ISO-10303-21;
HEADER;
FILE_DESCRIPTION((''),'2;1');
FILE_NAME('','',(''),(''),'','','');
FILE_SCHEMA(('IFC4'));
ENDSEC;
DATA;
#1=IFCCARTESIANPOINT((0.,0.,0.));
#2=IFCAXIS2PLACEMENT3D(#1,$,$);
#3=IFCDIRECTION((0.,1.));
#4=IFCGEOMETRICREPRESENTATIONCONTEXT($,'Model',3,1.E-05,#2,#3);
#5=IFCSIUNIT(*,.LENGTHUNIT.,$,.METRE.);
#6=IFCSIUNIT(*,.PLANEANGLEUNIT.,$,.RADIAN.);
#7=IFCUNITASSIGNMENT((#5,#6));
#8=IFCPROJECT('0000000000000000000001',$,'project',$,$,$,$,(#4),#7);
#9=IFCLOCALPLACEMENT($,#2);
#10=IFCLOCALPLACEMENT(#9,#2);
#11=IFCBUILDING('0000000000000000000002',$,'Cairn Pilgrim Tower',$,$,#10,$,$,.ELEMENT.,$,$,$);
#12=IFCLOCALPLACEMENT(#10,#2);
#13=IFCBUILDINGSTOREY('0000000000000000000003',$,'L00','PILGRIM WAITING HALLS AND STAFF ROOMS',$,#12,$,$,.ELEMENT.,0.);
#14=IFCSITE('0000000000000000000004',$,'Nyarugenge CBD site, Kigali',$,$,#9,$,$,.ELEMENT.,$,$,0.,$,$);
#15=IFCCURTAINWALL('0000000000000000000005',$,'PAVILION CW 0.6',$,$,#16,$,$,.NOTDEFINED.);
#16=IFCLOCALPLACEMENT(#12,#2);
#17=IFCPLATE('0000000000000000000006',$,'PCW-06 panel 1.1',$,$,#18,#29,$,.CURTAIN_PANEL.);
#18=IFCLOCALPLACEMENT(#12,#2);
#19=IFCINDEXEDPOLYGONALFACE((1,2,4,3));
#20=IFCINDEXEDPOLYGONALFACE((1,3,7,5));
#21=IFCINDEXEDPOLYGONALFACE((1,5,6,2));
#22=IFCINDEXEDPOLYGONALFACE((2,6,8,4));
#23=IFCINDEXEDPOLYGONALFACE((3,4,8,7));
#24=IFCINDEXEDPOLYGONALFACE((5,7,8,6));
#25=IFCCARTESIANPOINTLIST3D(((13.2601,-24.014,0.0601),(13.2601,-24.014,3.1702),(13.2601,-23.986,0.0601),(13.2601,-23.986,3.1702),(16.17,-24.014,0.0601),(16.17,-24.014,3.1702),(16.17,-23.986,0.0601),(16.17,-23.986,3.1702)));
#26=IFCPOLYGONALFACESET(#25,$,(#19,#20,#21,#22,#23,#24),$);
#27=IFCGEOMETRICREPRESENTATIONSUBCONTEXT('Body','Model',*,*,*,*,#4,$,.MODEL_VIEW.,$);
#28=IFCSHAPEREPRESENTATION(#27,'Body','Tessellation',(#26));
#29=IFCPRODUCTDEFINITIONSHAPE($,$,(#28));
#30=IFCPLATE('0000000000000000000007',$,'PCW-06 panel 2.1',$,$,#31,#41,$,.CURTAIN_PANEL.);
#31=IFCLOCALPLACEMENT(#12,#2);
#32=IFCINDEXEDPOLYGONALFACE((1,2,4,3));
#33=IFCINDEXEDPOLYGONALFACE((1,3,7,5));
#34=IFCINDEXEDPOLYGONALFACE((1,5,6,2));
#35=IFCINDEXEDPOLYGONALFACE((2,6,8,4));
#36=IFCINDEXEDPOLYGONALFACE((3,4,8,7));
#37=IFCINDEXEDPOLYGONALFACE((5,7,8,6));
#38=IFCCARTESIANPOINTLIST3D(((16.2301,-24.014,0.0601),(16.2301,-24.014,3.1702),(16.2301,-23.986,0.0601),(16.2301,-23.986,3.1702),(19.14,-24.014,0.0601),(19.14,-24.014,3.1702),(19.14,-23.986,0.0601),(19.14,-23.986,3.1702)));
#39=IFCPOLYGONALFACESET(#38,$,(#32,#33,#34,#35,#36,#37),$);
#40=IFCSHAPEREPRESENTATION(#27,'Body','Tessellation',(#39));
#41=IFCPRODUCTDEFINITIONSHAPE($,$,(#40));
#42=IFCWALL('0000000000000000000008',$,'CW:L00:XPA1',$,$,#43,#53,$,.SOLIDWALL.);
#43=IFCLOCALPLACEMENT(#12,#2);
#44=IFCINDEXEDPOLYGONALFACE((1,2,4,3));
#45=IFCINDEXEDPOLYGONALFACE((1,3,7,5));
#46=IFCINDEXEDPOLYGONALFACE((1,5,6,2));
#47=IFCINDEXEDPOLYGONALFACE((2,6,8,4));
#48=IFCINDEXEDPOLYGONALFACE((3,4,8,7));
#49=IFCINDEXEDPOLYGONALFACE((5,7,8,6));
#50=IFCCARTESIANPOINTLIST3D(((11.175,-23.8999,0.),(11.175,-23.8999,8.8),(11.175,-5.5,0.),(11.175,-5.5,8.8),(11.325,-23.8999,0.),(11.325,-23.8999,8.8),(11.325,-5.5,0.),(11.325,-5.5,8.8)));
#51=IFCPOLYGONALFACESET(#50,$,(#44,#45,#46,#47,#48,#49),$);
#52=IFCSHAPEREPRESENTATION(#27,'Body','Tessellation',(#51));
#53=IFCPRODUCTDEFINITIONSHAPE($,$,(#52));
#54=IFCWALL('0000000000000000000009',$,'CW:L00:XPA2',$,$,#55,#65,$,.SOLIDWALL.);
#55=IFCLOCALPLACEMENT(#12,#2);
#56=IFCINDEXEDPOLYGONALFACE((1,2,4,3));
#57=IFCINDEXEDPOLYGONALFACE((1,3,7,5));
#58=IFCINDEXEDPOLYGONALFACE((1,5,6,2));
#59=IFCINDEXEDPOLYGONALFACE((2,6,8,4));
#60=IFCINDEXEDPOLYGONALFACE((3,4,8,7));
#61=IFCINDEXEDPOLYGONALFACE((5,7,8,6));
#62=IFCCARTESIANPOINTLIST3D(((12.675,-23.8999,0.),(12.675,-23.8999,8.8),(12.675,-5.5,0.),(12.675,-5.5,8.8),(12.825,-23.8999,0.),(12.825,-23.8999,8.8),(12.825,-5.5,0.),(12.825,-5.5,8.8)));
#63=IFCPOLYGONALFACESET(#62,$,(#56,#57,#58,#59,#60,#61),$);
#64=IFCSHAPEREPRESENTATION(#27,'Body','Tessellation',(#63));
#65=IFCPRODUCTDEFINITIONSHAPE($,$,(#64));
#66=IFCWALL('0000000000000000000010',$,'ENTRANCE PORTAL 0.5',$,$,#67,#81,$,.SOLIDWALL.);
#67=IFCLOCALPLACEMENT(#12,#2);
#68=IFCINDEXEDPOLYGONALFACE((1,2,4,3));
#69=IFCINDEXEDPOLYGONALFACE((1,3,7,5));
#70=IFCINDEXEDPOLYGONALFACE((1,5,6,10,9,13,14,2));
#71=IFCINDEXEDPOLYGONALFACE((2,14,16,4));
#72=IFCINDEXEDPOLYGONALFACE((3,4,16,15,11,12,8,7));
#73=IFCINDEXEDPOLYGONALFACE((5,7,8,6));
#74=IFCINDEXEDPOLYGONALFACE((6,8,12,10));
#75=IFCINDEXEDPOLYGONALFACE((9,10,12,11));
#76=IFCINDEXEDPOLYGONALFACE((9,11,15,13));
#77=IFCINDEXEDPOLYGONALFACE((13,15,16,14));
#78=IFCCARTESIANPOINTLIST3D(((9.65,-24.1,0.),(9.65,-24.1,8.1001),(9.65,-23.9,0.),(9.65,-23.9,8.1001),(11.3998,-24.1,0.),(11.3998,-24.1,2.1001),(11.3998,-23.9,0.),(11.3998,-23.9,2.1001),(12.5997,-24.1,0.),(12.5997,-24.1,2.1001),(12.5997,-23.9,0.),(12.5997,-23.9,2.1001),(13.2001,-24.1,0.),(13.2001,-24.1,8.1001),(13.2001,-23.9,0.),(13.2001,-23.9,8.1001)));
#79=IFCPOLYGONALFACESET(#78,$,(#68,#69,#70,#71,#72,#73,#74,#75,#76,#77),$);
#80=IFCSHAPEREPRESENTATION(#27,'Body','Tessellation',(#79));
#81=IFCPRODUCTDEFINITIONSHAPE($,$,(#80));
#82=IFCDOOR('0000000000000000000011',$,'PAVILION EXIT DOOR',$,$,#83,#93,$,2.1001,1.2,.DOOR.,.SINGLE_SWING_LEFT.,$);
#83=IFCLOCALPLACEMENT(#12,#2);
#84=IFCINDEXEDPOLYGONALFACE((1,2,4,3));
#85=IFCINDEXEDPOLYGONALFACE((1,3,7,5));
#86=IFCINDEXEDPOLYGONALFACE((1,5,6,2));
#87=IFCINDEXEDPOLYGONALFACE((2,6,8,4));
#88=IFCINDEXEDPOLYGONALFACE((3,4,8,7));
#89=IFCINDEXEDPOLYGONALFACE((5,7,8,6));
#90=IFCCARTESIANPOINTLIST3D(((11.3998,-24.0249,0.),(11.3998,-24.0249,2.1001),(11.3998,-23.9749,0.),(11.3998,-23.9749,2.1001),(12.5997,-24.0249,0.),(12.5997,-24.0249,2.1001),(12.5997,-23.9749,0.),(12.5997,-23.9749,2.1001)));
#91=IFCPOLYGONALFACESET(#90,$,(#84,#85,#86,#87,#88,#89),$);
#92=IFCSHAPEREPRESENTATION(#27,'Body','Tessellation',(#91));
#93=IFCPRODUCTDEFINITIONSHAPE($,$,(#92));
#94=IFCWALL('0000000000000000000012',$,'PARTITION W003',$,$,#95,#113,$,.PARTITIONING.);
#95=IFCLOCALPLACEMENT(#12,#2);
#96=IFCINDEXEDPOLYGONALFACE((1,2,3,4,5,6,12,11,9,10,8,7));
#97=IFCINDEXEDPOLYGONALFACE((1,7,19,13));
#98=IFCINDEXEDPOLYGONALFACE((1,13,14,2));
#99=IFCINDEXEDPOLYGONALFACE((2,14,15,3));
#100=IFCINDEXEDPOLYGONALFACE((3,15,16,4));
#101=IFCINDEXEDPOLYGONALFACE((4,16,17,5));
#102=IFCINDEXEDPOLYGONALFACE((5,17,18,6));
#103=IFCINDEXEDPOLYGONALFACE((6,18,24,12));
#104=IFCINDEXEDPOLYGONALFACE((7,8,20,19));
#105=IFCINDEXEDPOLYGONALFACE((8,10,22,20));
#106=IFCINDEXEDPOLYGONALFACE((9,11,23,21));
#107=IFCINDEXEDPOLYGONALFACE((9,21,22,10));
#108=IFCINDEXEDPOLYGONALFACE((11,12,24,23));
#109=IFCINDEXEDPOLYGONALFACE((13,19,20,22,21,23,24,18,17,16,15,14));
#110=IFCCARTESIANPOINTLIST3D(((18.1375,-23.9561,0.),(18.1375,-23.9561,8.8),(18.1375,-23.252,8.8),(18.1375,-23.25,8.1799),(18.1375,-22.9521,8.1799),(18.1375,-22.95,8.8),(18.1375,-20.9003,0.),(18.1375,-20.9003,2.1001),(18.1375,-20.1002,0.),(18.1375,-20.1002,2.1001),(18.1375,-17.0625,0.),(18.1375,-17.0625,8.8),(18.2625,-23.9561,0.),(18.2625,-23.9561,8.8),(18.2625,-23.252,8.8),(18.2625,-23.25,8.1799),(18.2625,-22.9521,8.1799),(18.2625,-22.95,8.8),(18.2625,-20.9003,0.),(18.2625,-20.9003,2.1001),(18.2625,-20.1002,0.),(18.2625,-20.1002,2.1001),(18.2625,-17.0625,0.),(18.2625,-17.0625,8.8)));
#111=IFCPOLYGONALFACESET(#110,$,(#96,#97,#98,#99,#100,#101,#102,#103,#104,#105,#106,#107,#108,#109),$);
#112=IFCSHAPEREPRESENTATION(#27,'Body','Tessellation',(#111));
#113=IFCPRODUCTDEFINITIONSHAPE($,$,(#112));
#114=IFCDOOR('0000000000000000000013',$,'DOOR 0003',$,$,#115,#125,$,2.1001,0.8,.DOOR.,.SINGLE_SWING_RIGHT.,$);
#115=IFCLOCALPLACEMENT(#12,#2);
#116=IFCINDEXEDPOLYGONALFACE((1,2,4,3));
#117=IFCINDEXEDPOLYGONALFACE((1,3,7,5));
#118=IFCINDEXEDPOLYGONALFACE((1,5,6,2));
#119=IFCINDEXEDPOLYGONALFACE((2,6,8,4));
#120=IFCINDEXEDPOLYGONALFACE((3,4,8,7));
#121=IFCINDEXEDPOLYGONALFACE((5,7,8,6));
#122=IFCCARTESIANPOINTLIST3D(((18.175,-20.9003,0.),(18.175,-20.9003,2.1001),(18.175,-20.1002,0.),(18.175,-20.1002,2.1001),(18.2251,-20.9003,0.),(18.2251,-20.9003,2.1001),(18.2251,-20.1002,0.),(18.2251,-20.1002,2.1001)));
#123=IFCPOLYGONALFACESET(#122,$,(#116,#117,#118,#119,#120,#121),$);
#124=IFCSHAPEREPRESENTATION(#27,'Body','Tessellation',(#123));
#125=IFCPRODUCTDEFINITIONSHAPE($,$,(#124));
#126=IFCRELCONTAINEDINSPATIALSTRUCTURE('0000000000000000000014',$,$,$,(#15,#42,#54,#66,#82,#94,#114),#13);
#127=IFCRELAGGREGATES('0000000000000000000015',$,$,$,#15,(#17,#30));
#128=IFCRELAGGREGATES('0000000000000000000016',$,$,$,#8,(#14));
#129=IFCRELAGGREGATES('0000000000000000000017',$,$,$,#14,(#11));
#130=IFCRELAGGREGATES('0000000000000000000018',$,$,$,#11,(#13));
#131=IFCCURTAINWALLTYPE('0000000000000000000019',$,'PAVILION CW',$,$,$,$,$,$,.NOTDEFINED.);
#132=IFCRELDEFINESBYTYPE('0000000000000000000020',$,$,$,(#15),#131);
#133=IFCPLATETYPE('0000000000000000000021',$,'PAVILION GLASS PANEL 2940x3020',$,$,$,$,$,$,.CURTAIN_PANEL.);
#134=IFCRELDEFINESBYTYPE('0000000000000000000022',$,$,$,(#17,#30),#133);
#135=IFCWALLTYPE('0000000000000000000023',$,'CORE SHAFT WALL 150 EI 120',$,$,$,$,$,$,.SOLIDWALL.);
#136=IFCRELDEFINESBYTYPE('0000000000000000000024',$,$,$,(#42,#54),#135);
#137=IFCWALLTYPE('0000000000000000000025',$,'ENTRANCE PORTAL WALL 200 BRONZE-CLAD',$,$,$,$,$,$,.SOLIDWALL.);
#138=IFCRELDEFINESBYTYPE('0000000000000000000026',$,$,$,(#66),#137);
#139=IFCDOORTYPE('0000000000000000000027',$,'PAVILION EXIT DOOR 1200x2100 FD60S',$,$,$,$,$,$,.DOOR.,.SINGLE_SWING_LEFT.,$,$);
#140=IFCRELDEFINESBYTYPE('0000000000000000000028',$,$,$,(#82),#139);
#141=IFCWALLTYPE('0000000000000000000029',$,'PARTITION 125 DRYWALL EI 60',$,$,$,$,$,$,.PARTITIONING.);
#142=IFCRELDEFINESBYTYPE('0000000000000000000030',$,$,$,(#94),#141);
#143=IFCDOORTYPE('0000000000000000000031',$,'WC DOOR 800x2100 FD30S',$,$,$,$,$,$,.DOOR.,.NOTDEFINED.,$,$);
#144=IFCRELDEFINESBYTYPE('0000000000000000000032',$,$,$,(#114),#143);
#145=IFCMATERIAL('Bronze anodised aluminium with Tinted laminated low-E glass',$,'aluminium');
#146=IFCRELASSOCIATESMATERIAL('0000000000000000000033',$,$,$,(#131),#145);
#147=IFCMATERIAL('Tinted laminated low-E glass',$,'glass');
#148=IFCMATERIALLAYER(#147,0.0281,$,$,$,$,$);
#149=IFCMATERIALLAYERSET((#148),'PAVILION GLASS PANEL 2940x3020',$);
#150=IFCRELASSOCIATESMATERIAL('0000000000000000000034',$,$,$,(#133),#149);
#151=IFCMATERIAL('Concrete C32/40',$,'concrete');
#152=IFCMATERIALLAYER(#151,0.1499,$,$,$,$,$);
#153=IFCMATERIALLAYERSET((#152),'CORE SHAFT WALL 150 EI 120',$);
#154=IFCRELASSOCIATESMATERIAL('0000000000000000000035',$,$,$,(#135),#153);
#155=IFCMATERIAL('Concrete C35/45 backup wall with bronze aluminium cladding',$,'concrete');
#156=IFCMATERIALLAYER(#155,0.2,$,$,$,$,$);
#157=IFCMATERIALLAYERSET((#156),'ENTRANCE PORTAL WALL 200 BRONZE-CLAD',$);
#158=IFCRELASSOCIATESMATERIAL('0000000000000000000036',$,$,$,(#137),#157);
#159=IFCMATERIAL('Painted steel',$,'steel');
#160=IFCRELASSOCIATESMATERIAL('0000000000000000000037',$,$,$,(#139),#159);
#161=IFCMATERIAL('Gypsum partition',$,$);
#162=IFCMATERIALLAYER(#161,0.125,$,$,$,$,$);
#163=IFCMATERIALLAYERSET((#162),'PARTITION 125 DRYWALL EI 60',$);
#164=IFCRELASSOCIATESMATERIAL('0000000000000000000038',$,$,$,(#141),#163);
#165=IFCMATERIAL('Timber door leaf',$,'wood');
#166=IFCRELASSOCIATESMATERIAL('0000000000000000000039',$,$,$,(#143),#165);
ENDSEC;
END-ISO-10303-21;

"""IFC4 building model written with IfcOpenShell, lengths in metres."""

from ifc_helpers import new_model, si_unit, direction, frame, frame_2d, origin, origin_2d, place, context, subcontext, project, spatial, polyline, rectangle, outline, extrude, material, layer, layer_set, type_object, element, fill, aggregate, save


model = new_model("IFC4")

# Units and contexts
model_context = context("Model", 3, precision=1e-05, world=origin(), true_north=direction((0.0, 1.0)))
body_context = subcontext(model_context, "Body", "Model", "MODEL_VIEW")
ifc_project = project(units=[si_unit("LENGTHUNIT", "METRE"), si_unit("PLANEANGLEUNIT", "RADIAN")], contexts=[model_context])

# Site, building, storey
site_placement = place(None, origin())
site = spatial("IfcSite", under=ifc_project, at=site_placement, Name="Nyarugenge CBD site, Kigali", CompositionType="ELEMENT", RefElevation=0.0)
building_placement = place(site_placement, origin())
building = spatial("IfcBuilding", under=site, at=building_placement, Name="Cairn Pilgrim Tower", CompositionType="ELEMENT")
storey_placement = place(building_placement, origin())
storey = spatial("IfcBuildingStorey", under=building, at=storey_placement, Name="L00", Description="PILGRIM WAITING HALLS AND STAFF ROOMS", CompositionType="ELEMENT", Elevation=0.0)

# Curtain wall, plates
ifc_material_1 = material(Name="Bronze anodised aluminium with Tinted laminated low-E glass", Category="aluminium")
curtain_wall_type = type_object("IfcCurtainWallType", Name="PAVILION CW", PredefinedType="NOTDEFINED", material=ifc_material_1)
curtain_wall_placement = place(storey_placement, origin())
curtain_wall = element("IfcCurtainWall", 1, at=curtain_wall_placement, inside=storey, type_object=curtain_wall_type, Name="PAVILION CW 0.6", PredefinedType="NOTDEFINED")
ifc_material_2 = material(Name="Tinted laminated low-E glass", Category="glass")
ifc_layer_1 = layer(ifc_material_2, 0.0281)
ifc_layer_set_1 = layer_set([ifc_layer_1], Name="PAVILION GLASS PANEL 2940x3020")
plate_type_1 = type_object("IfcPlateType", Name="PAVILION GLASS PANEL 2940x3020", PredefinedType="CURTAIN_PANEL", material=ifc_layer_set_1)
plate_1_placement = place(storey_placement, frame((14.7151, -24.0, 0.0601), z_axis=(0.0, 0.0, 1.0), x_axis=(1.0, 0.0, 0.0)))
plate_1 = element("IfcPlate", 2, at=plate_1_placement, type_object=plate_type_1, Name="PCW-06 panel 1.1", PredefinedType="CURTAIN_PANEL", context=body_context, shape_type="SweptSolid", body=[
    extrude(rectangle(XDim=2.9099, YDim=0.0281, at=origin_2d()), origin(), (0.0, 0.0, 1.0), 3.1101),
])
plate_2_placement = place(storey_placement, frame((17.6851, -24.0, 0.0601), z_axis=(0.0, 0.0, 1.0), x_axis=(1.0, 0.0, 0.0)))
plate_2 = element("IfcPlate", 3, at=plate_2_placement, type_object=plate_type_1, Name="PCW-06 panel 2.1", PredefinedType="CURTAIN_PANEL", context=body_context, shape_type="SweptSolid", body=[
    extrude(rectangle(XDim=2.9099, YDim=0.0281, at=origin_2d()), origin(), (0.0, 0.0, 1.0), 3.1101),
])
aggregate(curtain_wall, [plate_1, plate_2])

# Walls
ifc_material_3 = material(Name="Concrete C32/40", Category="concrete")
ifc_layer_2 = layer(ifc_material_3, 0.1499)
ifc_layer_set_2 = layer_set([ifc_layer_2], Name="CORE SHAFT WALL 150 EI 120")
wall_type_1 = type_object("IfcWallType", Name="CORE SHAFT WALL 150 EI 120", PredefinedType="SOLIDWALL", material=ifc_layer_set_2)
for number, where, z_axis, x_axis, name in (
    (4, (11.25, -23.8999, 0.0), (0.0, 0.0, 1.0), (0.0, 1.0, 0.0), "CW:L00:XPA1"),
    (5, (12.75, -23.8999, 0.0), (0.0, 0.0, 1.0), (0.0, 1.0, 0.0), "CW:L00:XPA2"),
):
    element("IfcWall", number, at=place(storey_placement, frame(where, z_axis=z_axis, x_axis=x_axis)), inside=storey, type_object=wall_type_1, Name=name, PredefinedType="SOLIDWALL", context=body_context, shape_type="SweptSolid", body=[
        extrude(rectangle(XDim=18.3999, YDim=0.1499, at=frame_2d((9.2, 0.0))), origin(), (0.0, 0.0, 1.0), 8.8),
    ])

# Walls, openings, doors
ifc_material_4 = material(Name="Concrete C35/45 backup wall with bronze aluminium cladding", Category="concrete")
ifc_layer_3 = layer(ifc_material_4, 0.2)
ifc_layer_set_3 = layer_set([ifc_layer_3], Name="ENTRANCE PORTAL WALL 200 BRONZE-CLAD")
wall_type_2 = type_object("IfcWallType", Name="ENTRANCE PORTAL WALL 200 BRONZE-CLAD", PredefinedType="SOLIDWALL", material=ifc_layer_set_3)
wall_1_placement = place(storey_placement, frame((13.2, -24.0, 0.0), z_axis=(0.0, 0.0, 1.0), x_axis=(-1.0, 0.0, 0.0)))
wall_1 = element("IfcWall", 6, at=wall_1_placement, inside=storey, type_object=wall_type_2, Name="ENTRANCE PORTAL 0.5", PredefinedType="SOLIDWALL", context=body_context, shape_type="SweptSolid", body=[
    extrude(rectangle(XDim=3.55, YDim=0.2, at=frame_2d((1.7749, 0.0))), origin(), (0.0, 0.0, 1.0), 8.1001),
])
opening_1_placement = place(wall_1_placement, frame((0.6001, 0.0, 0.0)))
opening_1 = element("IfcOpeningElement", 7, at=opening_1_placement, cuts=wall_1, PredefinedType="OPENING", context=body_context, shape_type="SweptSolid", body=[
    extrude(rectangle(XDim=1.2, YDim=2.1001, at=frame_2d((0.6001, 1.05))), frame((0.0, 0.1099, 0.0), z_axis=(0.0, -1.0, 0.0), x_axis=(1.0, 0.0, 0.0)), (0.0, 0.0, 1.0), 0.22),
])
ifc_material_5 = material(Name="Painted steel", Category="steel")
door_type_1 = type_object("IfcDoorType", Name="PAVILION EXIT DOOR 1200x2100 FD60S", OperationType="SINGLE_SWING_LEFT", PredefinedType="DOOR", material=ifc_material_5)
door_1_placement = place(opening_1_placement, origin())
door_1 = element("IfcDoor", 8, at=door_1_placement, inside=storey, type_object=door_type_1, Name="PAVILION EXIT DOOR", OperationType="SINGLE_SWING_LEFT", OverallHeight=2.1001, OverallWidth=1.2, PredefinedType="DOOR", context=body_context, shape_type="SweptSolid", body=[
    extrude(rectangle(XDim=1.2, YDim=2.1001, at=frame_2d((0.6001, 1.05))), frame((0.0, 0.0249, 0.0), z_axis=(0.0, -1.0, 0.0), x_axis=(1.0, 0.0, 0.0)), (0.0, 0.0, 1.0), 0.05),
])
fill(opening_1, door_1)
ifc_material_6 = material(Name="Gypsum partition")
ifc_layer_4 = layer(ifc_material_6, 0.125)
ifc_layer_set_4 = layer_set([ifc_layer_4], Name="PARTITION 125 DRYWALL EI 60")
wall_type_3 = type_object("IfcWallType", Name="PARTITION 125 DRYWALL EI 60", PredefinedType="PARTITIONING", material=ifc_layer_set_4)
wall_2_placement = place(storey_placement, frame((18.2, -23.9561, 0.0), z_axis=(0.0, 0.0, 1.0), x_axis=(0.0, 1.0, 0.0)))
wall_2 = element("IfcWall", 9, at=wall_2_placement, inside=storey, type_object=wall_type_3, Name="PARTITION W003", PredefinedType="PARTITIONING", context=body_context, shape_type="SweptSolid", body=[
    extrude(outline(polyline([(0.0, 0.0), (6.8936, 0.0), (6.8936, 8.8), (1.0061, 8.8), (1.0039, 8.1799), (0.7061, 8.1799), (0.7041, 8.8), (0.0, 8.8), (0.0, 0.0)])), frame((0.0, 0.0625, 0.0), z_axis=(0.0, -1.0, 0.0), x_axis=(1.0, 0.0, 0.0)), (0.0, 0.0, 1.0), 0.125),
])
opening_2_placement = place(wall_2_placement, frame((3.0559, 0.0, 0.0)))
opening_2 = element("IfcOpeningElement", 10, at=opening_2_placement, cuts=wall_2, PredefinedType="OPENING", context=body_context, shape_type="SweptSolid", body=[
    extrude(rectangle(XDim=0.8, YDim=2.1001, at=frame_2d((0.3999, 1.05))), frame((0.0, 0.0725, 0.0), z_axis=(0.0, -1.0, 0.0), x_axis=(1.0, 0.0, 0.0)), (0.0, 0.0, 1.0), 0.145),
])
ifc_material_7 = material(Name="Timber door leaf", Category="wood")
door_type_2 = type_object("IfcDoorType", Name="WC DOOR 800x2100 FD30S", OperationType="NOTDEFINED", PredefinedType="DOOR", material=ifc_material_7)
door_2_placement = place(opening_2_placement, origin())
door_2 = element("IfcDoor", 11, at=door_2_placement, inside=storey, type_object=door_type_2, Name="DOOR 0003", OperationType="SINGLE_SWING_RIGHT", OverallHeight=2.1001, OverallWidth=0.8, PredefinedType="DOOR", context=body_context, shape_type="SweptSolid", body=[
    extrude(rectangle(XDim=0.8, YDim=2.1001, at=frame_2d((0.3999, 1.05))), frame((0.0, 0.0249, 0.0), z_axis=(0.0, -1.0, 0.0), x_axis=(1.0, 0.0, 0.0)), (0.0, 0.0, 1.0), 0.05),
])
fill(opening_2, door_2)

save(model, "model.ifc")
